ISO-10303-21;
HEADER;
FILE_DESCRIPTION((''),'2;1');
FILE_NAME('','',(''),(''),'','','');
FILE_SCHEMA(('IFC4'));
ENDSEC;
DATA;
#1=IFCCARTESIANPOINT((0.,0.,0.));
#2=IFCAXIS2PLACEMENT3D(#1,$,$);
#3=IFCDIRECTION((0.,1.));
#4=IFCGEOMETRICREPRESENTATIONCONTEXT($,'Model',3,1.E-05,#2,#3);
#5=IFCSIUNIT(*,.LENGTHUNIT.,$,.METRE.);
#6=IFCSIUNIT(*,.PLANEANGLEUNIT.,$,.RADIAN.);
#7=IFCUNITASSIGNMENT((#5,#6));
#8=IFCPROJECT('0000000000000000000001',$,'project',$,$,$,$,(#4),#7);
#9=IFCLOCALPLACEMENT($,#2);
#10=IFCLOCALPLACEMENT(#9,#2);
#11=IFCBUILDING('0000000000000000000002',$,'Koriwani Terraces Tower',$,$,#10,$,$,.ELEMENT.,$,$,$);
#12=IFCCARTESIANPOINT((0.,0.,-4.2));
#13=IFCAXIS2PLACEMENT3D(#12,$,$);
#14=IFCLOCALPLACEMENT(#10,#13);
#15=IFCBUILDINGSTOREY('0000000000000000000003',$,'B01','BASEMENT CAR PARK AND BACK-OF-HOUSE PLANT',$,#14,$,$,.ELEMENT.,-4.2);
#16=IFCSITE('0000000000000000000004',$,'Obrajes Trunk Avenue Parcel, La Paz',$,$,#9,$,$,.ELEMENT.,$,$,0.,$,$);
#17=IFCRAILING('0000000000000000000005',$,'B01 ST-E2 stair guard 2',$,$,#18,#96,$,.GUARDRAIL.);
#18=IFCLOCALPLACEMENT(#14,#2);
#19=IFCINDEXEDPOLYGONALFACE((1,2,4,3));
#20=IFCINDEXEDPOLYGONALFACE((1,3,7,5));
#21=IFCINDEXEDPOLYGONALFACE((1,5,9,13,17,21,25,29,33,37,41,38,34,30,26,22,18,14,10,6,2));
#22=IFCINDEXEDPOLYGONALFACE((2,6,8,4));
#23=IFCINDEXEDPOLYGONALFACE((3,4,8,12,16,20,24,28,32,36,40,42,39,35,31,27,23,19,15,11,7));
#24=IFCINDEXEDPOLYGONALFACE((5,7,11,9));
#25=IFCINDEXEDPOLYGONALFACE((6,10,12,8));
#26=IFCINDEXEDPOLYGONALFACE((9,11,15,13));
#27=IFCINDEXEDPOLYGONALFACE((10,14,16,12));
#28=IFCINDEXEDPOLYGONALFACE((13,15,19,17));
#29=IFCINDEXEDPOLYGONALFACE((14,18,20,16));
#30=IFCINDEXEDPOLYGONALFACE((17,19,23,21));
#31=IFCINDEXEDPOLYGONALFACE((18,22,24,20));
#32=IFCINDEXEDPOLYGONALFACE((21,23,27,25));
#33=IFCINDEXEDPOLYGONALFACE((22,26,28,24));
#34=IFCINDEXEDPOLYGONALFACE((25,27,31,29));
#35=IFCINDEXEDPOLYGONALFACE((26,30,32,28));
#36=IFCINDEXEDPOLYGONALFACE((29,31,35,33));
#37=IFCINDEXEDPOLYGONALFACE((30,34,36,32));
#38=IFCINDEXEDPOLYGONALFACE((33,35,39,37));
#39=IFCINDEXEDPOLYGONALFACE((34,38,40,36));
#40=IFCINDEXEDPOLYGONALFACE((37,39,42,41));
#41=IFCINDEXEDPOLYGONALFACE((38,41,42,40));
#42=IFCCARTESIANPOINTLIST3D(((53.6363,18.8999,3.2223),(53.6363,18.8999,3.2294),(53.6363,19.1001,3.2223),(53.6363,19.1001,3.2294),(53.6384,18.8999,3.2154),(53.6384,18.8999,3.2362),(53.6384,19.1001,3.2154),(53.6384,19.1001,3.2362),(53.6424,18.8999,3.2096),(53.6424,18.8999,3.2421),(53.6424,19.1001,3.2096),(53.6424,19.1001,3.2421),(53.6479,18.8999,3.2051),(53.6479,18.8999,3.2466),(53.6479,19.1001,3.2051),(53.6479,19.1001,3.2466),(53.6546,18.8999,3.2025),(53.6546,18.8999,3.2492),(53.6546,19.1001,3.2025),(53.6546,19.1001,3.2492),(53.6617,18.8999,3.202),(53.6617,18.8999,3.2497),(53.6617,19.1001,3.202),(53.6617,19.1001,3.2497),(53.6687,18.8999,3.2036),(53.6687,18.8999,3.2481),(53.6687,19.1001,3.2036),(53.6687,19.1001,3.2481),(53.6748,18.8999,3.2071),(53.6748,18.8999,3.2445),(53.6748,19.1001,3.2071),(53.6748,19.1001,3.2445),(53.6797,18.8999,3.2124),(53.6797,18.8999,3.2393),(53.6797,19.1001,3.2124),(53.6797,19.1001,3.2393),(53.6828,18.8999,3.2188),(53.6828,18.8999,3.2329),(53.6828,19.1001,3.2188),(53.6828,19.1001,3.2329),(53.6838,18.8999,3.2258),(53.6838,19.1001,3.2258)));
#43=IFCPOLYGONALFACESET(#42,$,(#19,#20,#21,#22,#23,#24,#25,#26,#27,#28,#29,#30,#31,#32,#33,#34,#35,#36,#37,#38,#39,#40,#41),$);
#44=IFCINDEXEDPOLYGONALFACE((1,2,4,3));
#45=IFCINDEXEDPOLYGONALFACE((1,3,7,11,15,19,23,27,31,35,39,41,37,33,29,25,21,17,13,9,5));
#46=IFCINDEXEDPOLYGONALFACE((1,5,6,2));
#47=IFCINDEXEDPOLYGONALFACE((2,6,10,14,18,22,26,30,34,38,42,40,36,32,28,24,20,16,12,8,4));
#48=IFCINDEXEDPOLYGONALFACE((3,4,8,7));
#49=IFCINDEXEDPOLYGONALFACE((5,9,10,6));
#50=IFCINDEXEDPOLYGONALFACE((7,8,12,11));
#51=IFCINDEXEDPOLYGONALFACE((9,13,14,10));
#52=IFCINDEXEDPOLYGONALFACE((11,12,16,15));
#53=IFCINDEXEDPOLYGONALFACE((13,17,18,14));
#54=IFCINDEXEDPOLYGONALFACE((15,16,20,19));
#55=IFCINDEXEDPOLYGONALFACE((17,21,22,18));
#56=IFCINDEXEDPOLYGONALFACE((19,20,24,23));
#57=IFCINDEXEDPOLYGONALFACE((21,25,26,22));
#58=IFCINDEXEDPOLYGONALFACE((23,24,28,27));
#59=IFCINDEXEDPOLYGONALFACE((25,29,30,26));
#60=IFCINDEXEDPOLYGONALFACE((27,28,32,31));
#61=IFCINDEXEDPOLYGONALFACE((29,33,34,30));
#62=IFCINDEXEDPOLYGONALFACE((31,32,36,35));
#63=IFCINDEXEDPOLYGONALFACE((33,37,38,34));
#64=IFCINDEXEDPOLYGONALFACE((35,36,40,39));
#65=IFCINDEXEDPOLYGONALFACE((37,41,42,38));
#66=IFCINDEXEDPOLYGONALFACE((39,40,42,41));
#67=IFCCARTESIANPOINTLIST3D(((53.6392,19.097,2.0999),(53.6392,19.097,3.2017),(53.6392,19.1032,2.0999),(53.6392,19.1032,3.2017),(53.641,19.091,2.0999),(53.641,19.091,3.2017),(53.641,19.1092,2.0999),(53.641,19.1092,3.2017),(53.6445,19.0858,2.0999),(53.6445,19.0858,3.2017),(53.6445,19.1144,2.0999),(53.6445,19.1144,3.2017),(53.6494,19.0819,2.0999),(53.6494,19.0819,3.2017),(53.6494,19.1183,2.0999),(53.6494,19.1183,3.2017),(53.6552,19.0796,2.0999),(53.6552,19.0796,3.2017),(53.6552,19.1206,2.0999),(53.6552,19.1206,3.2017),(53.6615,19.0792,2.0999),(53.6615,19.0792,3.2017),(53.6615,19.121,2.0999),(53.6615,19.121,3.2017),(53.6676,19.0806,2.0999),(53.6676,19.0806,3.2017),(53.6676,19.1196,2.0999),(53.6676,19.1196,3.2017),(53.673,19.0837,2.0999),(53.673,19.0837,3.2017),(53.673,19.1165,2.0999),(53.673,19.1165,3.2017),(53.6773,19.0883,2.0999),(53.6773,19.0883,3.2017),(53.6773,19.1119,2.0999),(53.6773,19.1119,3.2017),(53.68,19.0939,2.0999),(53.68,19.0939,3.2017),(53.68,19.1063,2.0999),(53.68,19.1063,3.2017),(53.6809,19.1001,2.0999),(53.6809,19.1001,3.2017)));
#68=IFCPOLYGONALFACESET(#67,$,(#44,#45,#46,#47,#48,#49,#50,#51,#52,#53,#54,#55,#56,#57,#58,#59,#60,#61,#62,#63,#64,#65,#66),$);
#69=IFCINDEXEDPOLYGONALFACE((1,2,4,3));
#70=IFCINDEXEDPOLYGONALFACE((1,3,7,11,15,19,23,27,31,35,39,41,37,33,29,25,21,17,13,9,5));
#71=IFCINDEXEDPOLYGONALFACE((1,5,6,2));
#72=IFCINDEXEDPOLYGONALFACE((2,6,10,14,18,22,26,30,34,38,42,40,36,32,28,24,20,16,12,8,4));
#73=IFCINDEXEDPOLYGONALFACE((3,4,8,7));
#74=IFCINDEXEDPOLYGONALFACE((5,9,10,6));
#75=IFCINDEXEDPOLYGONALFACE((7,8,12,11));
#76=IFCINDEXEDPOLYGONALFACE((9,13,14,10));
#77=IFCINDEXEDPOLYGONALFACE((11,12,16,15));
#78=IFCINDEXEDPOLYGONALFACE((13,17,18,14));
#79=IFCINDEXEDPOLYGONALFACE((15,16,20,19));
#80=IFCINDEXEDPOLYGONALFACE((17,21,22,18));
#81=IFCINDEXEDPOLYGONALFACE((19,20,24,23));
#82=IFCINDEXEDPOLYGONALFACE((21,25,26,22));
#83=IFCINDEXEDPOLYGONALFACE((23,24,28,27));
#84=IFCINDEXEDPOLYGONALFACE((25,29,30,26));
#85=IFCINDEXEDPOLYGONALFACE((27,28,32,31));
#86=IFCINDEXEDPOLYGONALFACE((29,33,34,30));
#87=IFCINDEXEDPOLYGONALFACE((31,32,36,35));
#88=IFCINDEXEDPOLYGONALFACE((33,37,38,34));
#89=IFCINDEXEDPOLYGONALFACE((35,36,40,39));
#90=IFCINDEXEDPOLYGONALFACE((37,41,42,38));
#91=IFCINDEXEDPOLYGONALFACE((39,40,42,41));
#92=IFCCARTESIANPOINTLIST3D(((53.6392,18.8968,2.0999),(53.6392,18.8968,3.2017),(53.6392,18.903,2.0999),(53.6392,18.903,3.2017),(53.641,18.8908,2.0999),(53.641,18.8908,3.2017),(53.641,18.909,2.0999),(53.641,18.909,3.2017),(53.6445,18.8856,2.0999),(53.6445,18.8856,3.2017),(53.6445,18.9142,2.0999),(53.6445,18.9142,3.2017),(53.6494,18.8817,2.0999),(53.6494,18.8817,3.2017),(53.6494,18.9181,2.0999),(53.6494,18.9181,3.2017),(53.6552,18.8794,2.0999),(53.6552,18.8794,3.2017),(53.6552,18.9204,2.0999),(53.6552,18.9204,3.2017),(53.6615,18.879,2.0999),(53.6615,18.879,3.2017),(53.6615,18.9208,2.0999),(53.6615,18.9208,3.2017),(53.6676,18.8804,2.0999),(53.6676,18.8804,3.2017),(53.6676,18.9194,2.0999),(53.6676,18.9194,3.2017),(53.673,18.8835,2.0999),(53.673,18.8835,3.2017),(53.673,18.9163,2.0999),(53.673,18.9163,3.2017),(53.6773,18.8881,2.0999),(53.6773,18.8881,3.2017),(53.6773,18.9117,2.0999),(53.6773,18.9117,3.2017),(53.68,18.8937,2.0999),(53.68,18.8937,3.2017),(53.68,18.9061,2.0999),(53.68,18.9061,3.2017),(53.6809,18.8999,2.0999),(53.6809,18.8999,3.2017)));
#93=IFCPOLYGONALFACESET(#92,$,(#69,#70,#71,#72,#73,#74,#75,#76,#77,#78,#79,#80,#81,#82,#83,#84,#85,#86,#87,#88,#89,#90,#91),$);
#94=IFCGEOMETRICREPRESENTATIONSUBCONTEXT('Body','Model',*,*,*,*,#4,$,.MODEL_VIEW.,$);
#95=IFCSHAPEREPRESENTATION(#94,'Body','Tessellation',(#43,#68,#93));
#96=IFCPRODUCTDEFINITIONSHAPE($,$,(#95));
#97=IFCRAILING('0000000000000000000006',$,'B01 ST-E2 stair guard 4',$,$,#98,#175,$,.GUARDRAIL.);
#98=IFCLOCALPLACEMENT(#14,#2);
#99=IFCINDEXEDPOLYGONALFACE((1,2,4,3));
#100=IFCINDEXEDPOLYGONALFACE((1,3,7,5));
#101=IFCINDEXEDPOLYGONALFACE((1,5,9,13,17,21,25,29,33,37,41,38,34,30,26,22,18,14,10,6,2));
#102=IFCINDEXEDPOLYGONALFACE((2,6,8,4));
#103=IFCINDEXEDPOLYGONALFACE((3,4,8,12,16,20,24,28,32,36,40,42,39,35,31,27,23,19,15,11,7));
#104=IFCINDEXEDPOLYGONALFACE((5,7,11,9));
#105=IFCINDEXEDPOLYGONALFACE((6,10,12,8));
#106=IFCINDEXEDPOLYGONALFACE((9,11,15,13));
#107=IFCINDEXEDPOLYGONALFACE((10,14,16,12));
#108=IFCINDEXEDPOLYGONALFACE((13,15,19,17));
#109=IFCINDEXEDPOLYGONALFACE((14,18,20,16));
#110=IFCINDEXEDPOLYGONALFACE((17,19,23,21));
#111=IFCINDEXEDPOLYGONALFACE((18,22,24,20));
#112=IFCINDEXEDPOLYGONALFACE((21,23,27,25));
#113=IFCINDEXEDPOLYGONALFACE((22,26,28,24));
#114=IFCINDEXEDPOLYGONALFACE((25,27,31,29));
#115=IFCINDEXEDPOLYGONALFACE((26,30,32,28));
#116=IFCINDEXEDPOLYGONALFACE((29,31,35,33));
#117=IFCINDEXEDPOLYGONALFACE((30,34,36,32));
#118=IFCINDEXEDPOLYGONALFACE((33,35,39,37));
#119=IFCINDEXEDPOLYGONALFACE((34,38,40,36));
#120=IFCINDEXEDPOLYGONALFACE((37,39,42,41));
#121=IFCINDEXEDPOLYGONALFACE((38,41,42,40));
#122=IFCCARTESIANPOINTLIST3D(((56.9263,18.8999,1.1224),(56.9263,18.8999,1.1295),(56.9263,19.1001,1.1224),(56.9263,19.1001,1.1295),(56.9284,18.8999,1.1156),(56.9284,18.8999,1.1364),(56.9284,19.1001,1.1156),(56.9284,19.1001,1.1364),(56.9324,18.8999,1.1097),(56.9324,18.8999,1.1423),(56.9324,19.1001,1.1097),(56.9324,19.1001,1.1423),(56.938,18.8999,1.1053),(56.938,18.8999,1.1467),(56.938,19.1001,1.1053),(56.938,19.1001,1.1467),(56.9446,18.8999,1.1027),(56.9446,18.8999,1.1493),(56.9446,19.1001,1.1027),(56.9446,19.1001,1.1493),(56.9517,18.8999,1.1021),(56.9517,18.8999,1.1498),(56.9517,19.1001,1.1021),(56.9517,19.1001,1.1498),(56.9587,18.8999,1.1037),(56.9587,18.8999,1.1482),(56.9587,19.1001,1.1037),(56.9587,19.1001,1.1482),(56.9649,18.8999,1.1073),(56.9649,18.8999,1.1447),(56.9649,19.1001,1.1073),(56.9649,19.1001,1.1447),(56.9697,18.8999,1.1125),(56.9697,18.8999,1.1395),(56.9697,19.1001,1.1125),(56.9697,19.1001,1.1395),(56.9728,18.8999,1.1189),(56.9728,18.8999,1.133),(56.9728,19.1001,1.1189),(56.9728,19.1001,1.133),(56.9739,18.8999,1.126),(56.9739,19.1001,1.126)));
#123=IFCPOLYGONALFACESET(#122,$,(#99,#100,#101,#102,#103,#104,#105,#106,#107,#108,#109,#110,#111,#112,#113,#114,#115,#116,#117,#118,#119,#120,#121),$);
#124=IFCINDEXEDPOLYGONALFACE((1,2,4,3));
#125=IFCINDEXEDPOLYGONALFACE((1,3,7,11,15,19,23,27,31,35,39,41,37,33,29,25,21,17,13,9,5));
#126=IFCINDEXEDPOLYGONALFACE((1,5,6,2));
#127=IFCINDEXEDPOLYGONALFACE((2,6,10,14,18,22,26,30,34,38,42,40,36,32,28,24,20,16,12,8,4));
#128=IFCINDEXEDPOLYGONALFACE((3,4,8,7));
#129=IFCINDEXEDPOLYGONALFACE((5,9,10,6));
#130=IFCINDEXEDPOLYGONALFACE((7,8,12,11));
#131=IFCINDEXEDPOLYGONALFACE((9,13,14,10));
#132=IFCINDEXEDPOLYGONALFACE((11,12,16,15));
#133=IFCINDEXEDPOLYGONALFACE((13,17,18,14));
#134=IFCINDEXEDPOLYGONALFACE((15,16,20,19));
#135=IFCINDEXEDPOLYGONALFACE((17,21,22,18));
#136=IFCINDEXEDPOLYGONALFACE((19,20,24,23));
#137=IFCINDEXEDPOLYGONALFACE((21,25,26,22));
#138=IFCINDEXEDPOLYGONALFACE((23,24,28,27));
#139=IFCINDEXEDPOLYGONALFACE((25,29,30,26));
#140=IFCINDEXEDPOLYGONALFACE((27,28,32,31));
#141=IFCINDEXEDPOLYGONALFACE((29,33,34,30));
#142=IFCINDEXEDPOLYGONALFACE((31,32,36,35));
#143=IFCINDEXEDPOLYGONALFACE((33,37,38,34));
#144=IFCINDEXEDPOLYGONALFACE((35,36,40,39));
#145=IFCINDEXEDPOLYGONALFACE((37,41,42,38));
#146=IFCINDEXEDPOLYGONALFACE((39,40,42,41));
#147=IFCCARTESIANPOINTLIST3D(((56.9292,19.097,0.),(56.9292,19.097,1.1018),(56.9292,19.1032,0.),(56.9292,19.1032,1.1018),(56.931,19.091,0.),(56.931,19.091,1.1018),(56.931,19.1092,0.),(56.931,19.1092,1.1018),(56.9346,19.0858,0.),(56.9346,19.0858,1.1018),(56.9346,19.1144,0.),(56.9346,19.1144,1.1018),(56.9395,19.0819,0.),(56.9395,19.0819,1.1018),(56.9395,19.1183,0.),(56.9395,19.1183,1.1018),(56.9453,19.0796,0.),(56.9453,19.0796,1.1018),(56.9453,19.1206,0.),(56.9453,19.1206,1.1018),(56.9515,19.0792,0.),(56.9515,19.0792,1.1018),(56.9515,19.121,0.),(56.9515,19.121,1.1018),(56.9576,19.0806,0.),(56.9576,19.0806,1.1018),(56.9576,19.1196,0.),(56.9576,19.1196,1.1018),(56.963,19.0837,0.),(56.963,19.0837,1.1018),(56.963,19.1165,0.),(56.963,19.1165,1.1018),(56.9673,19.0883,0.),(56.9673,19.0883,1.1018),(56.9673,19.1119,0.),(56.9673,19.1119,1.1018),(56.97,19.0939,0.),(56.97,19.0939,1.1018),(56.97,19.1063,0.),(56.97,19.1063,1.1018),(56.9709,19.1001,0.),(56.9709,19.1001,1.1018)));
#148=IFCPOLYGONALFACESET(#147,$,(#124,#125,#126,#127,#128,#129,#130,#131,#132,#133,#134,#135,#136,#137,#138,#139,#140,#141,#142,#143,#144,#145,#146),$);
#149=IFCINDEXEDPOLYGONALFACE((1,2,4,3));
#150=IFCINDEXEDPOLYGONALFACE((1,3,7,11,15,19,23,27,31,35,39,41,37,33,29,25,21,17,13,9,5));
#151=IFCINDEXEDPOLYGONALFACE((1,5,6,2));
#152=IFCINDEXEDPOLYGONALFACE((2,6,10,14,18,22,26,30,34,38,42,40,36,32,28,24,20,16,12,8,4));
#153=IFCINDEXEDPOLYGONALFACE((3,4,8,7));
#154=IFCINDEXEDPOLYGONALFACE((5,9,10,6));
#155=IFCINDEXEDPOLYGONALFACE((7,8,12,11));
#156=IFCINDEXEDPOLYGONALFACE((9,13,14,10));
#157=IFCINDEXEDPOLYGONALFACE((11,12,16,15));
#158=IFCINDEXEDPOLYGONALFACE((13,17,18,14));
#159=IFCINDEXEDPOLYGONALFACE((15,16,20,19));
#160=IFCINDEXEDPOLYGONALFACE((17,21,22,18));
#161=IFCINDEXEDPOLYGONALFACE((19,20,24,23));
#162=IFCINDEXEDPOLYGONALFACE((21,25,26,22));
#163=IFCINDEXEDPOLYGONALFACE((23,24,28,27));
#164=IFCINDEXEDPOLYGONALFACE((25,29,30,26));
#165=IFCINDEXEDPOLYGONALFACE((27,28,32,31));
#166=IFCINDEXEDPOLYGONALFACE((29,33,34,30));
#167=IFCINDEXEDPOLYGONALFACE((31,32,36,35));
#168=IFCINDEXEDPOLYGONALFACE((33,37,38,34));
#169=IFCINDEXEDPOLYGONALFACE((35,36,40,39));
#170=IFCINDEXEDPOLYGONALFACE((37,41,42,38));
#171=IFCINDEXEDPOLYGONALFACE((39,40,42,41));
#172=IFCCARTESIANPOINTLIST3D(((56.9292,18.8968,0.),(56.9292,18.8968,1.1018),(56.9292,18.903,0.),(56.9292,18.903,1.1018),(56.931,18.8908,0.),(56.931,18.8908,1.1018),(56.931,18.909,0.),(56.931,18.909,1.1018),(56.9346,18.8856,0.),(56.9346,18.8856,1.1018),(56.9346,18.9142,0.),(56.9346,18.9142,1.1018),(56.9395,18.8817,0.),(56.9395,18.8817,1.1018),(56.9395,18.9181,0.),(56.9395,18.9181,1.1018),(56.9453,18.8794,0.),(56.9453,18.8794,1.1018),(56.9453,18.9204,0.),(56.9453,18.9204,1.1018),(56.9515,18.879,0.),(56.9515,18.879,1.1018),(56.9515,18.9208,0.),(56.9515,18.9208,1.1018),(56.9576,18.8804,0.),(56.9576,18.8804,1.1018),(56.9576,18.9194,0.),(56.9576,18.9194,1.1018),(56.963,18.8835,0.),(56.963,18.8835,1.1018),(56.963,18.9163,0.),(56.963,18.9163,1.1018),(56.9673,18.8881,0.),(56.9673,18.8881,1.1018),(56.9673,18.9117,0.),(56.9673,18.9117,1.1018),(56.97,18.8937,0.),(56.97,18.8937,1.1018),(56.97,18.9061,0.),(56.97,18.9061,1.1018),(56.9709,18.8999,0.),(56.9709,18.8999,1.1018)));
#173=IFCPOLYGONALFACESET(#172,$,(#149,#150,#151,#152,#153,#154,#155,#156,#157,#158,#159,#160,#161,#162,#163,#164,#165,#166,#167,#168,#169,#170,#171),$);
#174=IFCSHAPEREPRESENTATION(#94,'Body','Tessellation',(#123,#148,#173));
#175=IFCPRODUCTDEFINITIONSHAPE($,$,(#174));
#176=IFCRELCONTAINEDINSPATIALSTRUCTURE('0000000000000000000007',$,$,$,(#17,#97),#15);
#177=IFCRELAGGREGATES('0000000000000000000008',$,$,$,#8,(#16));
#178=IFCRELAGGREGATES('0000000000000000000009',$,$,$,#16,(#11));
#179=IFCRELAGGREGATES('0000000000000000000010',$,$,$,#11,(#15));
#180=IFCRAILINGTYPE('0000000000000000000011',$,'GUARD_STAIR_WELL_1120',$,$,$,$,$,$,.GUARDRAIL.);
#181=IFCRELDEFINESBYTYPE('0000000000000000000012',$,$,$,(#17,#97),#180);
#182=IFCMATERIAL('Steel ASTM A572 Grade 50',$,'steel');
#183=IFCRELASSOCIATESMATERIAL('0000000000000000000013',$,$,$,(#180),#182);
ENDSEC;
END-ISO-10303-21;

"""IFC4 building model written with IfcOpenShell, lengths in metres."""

from ifc_helpers import new_model, si_unit, direction, frame, origin, origin_2d, place, context, subcontext, project, spatial, circle, extrude, material, type_object, element, save


model = new_model("IFC4")

# Units and contexts
model_context = context("Model", 3, precision=1e-05, world=origin(), true_north=direction((0.0, 1.0)))
body_context = subcontext(model_context, "Body", "Model", "MODEL_VIEW")
ifc_project = project(units=[si_unit("LENGTHUNIT", "METRE"), si_unit("PLANEANGLEUNIT", "RADIAN")], contexts=[model_context])

# Site, building, storey
site_placement = place(None, origin())
site = spatial("IfcSite", under=ifc_project, at=site_placement, Name="Obrajes Trunk Avenue Parcel, La Paz", CompositionType="ELEMENT", RefElevation=0.0)
building_placement = place(site_placement, origin())
building = spatial("IfcBuilding", under=site, at=building_placement, Name="Koriwani Terraces Tower", CompositionType="ELEMENT")
storey_placement = place(building_placement, frame((0.0, 0.0, -4.2)))
storey = spatial("IfcBuildingStorey", under=building, at=storey_placement, Name="B01", Description="BASEMENT CAR PARK AND BACK-OF-HOUSE PLANT", CompositionType="ELEMENT", Elevation=-4.2)

# Shared definitions
ifc_material_1 = material(Name="Steel ASTM A572 Grade 50", Category="steel")

# Railings
railing_type_1 = type_object("IfcRailingType", Name="GUARD_STAIR_WELL_1120", PredefinedType="GUARDRAIL", material=ifc_material_1)
for number, where, name in (
    (1, (53.6599, 19.1001, 2.0999), "B01 ST-E2 stair guard 2"),
    (2, (56.95, 19.1001, 0.0), "B01 ST-E2 stair guard 4"),
):
    element("IfcRailing", number, at=place(storey_placement, frame(where)), inside=storey, type_object=railing_type_1, Name=name, PredefinedType="GUARDRAIL", context=body_context, shape_type="SweptSolid", body=[
        extrude(circle(Radius=0.0239, at=origin_2d()), frame((0.0, 0.0, 1.126), z_axis=(0.0, -1.0, 0.0), x_axis=(1.0, 0.0, 0.0)), (0.0, 0.0, 1.0), 0.2002),
        extrude(circle(Radius=0.021, at=origin_2d()), origin(), (0.0, 0.0, 1.0), 1.1018),
        extrude(circle(Radius=0.021, at=origin_2d()), frame((0.0, -0.2002, 0.0)), (0.0, 0.0, 1.0), 1.1018),
    ])

save(model, "model.ifc")
